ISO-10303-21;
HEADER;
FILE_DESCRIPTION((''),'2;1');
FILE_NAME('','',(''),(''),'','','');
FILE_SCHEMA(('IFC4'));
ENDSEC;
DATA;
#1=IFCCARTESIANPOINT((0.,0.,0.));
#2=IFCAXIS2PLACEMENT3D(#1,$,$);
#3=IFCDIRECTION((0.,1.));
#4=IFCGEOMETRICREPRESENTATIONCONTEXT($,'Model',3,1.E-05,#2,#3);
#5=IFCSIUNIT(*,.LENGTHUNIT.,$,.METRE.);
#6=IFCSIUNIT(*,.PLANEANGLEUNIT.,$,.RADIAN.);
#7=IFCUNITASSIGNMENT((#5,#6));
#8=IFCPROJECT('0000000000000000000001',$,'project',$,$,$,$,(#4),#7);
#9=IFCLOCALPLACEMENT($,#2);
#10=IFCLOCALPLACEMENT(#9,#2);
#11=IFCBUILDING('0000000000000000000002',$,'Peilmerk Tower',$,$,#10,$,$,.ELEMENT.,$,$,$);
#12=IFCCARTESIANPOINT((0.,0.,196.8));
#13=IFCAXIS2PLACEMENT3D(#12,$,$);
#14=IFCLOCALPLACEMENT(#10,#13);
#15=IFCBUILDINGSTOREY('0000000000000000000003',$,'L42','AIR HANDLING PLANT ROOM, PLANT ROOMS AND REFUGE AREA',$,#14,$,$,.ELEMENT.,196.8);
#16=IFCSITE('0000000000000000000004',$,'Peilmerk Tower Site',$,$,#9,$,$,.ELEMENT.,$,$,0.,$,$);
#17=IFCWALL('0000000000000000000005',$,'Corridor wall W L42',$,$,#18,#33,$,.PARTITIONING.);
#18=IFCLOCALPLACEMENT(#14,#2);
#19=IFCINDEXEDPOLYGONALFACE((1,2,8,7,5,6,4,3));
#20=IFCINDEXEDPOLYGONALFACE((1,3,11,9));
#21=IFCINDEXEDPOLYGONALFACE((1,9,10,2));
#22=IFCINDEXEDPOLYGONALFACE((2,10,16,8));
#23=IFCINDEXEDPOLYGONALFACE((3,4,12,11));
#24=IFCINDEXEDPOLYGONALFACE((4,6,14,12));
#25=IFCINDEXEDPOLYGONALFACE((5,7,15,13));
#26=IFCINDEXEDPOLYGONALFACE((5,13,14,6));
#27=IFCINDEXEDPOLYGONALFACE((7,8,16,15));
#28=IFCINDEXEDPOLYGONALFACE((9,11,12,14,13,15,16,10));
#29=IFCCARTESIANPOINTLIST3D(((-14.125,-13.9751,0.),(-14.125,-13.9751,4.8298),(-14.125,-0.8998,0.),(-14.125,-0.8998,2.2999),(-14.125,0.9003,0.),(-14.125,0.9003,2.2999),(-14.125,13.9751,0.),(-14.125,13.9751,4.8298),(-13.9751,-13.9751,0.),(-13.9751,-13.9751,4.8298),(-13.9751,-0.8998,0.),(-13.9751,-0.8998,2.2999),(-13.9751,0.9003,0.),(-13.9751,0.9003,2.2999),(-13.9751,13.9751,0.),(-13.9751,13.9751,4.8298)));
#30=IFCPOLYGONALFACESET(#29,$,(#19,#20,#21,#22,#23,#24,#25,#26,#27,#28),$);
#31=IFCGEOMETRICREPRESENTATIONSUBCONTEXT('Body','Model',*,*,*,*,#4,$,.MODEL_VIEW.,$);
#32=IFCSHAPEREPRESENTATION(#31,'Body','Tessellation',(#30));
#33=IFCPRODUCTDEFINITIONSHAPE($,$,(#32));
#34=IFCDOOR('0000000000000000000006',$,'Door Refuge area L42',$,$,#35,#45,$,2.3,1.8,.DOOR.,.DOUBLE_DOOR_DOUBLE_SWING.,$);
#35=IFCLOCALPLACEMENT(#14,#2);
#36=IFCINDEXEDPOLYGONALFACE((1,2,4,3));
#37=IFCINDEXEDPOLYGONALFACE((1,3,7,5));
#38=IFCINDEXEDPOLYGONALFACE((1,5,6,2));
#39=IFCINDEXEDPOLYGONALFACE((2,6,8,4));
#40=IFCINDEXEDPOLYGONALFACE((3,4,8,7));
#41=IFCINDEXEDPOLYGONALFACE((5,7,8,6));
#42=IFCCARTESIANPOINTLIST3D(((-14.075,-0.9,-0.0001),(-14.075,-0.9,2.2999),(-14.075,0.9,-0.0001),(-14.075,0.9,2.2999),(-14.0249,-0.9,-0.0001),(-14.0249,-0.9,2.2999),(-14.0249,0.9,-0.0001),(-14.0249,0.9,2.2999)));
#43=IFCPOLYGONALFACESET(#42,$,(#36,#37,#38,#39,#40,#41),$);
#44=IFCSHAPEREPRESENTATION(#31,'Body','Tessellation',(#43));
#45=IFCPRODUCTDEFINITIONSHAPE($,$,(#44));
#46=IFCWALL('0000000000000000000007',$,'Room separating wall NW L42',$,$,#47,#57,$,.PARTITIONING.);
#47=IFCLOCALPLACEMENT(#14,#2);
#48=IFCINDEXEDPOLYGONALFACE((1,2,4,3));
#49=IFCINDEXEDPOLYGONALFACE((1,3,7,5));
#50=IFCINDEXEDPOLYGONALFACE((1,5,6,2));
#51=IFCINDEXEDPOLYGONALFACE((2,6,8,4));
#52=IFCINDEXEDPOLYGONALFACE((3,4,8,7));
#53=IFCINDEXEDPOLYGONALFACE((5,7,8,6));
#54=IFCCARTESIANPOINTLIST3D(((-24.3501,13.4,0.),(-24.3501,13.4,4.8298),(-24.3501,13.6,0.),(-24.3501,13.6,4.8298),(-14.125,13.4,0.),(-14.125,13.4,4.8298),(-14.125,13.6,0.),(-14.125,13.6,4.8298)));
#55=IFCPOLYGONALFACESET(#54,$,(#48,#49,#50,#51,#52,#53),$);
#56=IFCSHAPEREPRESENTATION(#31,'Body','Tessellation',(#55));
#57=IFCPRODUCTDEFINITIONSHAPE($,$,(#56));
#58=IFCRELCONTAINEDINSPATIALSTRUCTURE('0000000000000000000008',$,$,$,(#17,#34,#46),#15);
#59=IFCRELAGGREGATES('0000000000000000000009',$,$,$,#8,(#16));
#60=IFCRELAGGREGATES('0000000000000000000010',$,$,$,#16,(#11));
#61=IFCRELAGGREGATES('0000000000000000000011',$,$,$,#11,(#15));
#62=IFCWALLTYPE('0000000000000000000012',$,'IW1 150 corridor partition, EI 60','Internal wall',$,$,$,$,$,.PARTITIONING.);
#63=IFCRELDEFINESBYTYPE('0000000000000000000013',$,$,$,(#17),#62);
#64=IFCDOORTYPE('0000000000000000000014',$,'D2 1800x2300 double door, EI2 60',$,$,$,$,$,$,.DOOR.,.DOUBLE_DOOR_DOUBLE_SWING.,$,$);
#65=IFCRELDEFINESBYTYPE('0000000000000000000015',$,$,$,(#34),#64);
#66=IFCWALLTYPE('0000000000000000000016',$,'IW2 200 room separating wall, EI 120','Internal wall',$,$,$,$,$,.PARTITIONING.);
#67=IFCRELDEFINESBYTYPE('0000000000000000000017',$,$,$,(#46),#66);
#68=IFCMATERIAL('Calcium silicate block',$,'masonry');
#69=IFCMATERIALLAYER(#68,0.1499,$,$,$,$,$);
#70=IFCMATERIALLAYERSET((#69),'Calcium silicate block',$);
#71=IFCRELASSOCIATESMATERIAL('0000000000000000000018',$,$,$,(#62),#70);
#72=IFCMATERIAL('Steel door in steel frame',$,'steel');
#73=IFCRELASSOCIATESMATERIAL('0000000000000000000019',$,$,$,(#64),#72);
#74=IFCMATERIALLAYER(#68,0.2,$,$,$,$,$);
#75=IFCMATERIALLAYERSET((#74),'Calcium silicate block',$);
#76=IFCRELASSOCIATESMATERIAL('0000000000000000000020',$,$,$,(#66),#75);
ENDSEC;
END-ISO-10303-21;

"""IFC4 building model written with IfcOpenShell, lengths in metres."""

from ifc_helpers import new_model, si_unit, direction, frame, frame_2d, origin, place, context, subcontext, project, spatial, rectangle, extrude, material, layer, layer_set, type_object, element, fill, save


model = new_model("IFC4")

# Units and contexts
model_context = context("Model", 3, precision=1e-05, world=origin(), true_north=direction((0.0, 1.0)))
body_context = subcontext(model_context, "Body", "Model", "MODEL_VIEW")
ifc_project = project(units=[si_unit("LENGTHUNIT", "METRE"), si_unit("PLANEANGLEUNIT", "RADIAN")], contexts=[model_context])

# Site, building, storey
site_placement = place(None, origin())
site = spatial("IfcSite", under=ifc_project, at=site_placement, Name="Peilmerk Tower Site", CompositionType="ELEMENT", RefElevation=0.0)
building_placement = place(site_placement, origin())
building = spatial("IfcBuilding", under=site, at=building_placement, Name="Peilmerk Tower", CompositionType="ELEMENT")
storey_placement = place(building_placement, frame((0.0, 0.0, 196.8)))
storey = spatial("IfcBuildingStorey", under=building, at=storey_placement, Name="L42", Description="AIR HANDLING PLANT ROOM, PLANT ROOMS AND REFUGE AREA", CompositionType="ELEMENT", Elevation=196.8)

# Shared definitions
ifc_material_1 = material(Name="Calcium silicate block", Category="masonry")
ifc_layer_1 = layer(ifc_material_1, 0.1499)
ifc_layer_set_1 = layer_set([ifc_layer_1], Name="Calcium silicate block")
wall_type_1 = type_object("IfcWallType", Name="IW1 150 corridor partition, EI 60", Description="Internal wall", PredefinedType="PARTITIONING", material=ifc_layer_set_1)
ifc_material_2 = material(Name="Steel door in steel frame", Category="steel")
door_type = type_object("IfcDoorType", Name="D2 1800x2300 double door, EI2 60", OperationType="DOUBLE_DOOR_DOUBLE_SWING", PredefinedType="DOOR", material=ifc_material_2)

# Wall, opening, door
wall_1_placement = place(storey_placement, frame((-14.05, 13.9751, 0.0), z_axis=(0.0, 0.0, 1.0), x_axis=(0.0, -1.0, 0.0)))
wall_1 = element("IfcWall", 1, at=wall_1_placement, inside=storey, type_object=wall_type_1, Name="Corridor wall W L42", PredefinedType="PARTITIONING", context=body_context, shape_type="SweptSolid", body=[
    extrude(rectangle(XDim=27.9502, YDim=0.1499, at=frame_2d((13.9751, 0.0))), origin(), (0.0, 0.0, 1.0), 4.8298),
])
opening_1_placement = place(wall_1_placement, frame((13.075, 0.0, 0.0)))
opening_1 = element("IfcOpeningElement", 2, at=opening_1_placement, cuts=wall_1, PredefinedType="OPENING", context=body_context, shape_type="SweptSolid", body=[
    extrude(rectangle(XDim=1.8, YDim=2.3, at=frame_2d((0.8999, 1.1499))), frame((0.0, 0.085, 0.0), z_axis=(0.0, -1.0, 0.0), x_axis=(1.0, 0.0, 0.0)), (0.0, 0.0, 1.0), 0.1699),
])
door_1_placement = place(opening_1_placement, frame((1.8, 0.0, 0.0), z_axis=(0.0, 0.0, 1.0), x_axis=(-1.0, 0.0, 0.0)))
door_1 = element("IfcDoor", 3, at=door_1_placement, inside=storey, type_object=door_type, Name="Door Refuge area L42", OperationType="DOUBLE_DOOR_DOUBLE_SWING", OverallHeight=2.3, OverallWidth=1.8, PredefinedType="DOOR", context=body_context, shape_type="SweptSolid", body=[
    extrude(rectangle(XDim=1.8, YDim=2.3, at=frame_2d((0.8999, 1.1499))), frame((0.0, 0.0249, 0.0), z_axis=(0.0, -1.0, 0.0), x_axis=(1.0, 0.0, 0.0)), (0.0, 0.0, 1.0), 0.05),
])
fill(opening_1, door_1)

# Wall
ifc_layer_2 = layer(ifc_material_1, 0.2)
ifc_layer_set_2 = layer_set([ifc_layer_2], Name="Calcium silicate block")
wall_type_2 = type_object("IfcWallType", Name="IW2 200 room separating wall, EI 120", Description="Internal wall", PredefinedType="PARTITIONING", material=ifc_layer_set_2)
wall_2_placement = place(storey_placement, frame((-24.3501, 13.5, 0.0), z_axis=(0.0, 0.0, 1.0), x_axis=(1.0, 0.0, 0.0)))
element("IfcWall", 4, at=wall_2_placement, inside=storey, type_object=wall_type_2, Name="Room separating wall NW L42", PredefinedType="PARTITIONING", context=body_context, shape_type="SweptSolid", body=[
    extrude(rectangle(XDim=10.2251, YDim=0.2, at=frame_2d((5.1125, 0.0))), origin(), (0.0, 0.0, 1.0), 4.8298),
])

save(model, "model.ifc")
